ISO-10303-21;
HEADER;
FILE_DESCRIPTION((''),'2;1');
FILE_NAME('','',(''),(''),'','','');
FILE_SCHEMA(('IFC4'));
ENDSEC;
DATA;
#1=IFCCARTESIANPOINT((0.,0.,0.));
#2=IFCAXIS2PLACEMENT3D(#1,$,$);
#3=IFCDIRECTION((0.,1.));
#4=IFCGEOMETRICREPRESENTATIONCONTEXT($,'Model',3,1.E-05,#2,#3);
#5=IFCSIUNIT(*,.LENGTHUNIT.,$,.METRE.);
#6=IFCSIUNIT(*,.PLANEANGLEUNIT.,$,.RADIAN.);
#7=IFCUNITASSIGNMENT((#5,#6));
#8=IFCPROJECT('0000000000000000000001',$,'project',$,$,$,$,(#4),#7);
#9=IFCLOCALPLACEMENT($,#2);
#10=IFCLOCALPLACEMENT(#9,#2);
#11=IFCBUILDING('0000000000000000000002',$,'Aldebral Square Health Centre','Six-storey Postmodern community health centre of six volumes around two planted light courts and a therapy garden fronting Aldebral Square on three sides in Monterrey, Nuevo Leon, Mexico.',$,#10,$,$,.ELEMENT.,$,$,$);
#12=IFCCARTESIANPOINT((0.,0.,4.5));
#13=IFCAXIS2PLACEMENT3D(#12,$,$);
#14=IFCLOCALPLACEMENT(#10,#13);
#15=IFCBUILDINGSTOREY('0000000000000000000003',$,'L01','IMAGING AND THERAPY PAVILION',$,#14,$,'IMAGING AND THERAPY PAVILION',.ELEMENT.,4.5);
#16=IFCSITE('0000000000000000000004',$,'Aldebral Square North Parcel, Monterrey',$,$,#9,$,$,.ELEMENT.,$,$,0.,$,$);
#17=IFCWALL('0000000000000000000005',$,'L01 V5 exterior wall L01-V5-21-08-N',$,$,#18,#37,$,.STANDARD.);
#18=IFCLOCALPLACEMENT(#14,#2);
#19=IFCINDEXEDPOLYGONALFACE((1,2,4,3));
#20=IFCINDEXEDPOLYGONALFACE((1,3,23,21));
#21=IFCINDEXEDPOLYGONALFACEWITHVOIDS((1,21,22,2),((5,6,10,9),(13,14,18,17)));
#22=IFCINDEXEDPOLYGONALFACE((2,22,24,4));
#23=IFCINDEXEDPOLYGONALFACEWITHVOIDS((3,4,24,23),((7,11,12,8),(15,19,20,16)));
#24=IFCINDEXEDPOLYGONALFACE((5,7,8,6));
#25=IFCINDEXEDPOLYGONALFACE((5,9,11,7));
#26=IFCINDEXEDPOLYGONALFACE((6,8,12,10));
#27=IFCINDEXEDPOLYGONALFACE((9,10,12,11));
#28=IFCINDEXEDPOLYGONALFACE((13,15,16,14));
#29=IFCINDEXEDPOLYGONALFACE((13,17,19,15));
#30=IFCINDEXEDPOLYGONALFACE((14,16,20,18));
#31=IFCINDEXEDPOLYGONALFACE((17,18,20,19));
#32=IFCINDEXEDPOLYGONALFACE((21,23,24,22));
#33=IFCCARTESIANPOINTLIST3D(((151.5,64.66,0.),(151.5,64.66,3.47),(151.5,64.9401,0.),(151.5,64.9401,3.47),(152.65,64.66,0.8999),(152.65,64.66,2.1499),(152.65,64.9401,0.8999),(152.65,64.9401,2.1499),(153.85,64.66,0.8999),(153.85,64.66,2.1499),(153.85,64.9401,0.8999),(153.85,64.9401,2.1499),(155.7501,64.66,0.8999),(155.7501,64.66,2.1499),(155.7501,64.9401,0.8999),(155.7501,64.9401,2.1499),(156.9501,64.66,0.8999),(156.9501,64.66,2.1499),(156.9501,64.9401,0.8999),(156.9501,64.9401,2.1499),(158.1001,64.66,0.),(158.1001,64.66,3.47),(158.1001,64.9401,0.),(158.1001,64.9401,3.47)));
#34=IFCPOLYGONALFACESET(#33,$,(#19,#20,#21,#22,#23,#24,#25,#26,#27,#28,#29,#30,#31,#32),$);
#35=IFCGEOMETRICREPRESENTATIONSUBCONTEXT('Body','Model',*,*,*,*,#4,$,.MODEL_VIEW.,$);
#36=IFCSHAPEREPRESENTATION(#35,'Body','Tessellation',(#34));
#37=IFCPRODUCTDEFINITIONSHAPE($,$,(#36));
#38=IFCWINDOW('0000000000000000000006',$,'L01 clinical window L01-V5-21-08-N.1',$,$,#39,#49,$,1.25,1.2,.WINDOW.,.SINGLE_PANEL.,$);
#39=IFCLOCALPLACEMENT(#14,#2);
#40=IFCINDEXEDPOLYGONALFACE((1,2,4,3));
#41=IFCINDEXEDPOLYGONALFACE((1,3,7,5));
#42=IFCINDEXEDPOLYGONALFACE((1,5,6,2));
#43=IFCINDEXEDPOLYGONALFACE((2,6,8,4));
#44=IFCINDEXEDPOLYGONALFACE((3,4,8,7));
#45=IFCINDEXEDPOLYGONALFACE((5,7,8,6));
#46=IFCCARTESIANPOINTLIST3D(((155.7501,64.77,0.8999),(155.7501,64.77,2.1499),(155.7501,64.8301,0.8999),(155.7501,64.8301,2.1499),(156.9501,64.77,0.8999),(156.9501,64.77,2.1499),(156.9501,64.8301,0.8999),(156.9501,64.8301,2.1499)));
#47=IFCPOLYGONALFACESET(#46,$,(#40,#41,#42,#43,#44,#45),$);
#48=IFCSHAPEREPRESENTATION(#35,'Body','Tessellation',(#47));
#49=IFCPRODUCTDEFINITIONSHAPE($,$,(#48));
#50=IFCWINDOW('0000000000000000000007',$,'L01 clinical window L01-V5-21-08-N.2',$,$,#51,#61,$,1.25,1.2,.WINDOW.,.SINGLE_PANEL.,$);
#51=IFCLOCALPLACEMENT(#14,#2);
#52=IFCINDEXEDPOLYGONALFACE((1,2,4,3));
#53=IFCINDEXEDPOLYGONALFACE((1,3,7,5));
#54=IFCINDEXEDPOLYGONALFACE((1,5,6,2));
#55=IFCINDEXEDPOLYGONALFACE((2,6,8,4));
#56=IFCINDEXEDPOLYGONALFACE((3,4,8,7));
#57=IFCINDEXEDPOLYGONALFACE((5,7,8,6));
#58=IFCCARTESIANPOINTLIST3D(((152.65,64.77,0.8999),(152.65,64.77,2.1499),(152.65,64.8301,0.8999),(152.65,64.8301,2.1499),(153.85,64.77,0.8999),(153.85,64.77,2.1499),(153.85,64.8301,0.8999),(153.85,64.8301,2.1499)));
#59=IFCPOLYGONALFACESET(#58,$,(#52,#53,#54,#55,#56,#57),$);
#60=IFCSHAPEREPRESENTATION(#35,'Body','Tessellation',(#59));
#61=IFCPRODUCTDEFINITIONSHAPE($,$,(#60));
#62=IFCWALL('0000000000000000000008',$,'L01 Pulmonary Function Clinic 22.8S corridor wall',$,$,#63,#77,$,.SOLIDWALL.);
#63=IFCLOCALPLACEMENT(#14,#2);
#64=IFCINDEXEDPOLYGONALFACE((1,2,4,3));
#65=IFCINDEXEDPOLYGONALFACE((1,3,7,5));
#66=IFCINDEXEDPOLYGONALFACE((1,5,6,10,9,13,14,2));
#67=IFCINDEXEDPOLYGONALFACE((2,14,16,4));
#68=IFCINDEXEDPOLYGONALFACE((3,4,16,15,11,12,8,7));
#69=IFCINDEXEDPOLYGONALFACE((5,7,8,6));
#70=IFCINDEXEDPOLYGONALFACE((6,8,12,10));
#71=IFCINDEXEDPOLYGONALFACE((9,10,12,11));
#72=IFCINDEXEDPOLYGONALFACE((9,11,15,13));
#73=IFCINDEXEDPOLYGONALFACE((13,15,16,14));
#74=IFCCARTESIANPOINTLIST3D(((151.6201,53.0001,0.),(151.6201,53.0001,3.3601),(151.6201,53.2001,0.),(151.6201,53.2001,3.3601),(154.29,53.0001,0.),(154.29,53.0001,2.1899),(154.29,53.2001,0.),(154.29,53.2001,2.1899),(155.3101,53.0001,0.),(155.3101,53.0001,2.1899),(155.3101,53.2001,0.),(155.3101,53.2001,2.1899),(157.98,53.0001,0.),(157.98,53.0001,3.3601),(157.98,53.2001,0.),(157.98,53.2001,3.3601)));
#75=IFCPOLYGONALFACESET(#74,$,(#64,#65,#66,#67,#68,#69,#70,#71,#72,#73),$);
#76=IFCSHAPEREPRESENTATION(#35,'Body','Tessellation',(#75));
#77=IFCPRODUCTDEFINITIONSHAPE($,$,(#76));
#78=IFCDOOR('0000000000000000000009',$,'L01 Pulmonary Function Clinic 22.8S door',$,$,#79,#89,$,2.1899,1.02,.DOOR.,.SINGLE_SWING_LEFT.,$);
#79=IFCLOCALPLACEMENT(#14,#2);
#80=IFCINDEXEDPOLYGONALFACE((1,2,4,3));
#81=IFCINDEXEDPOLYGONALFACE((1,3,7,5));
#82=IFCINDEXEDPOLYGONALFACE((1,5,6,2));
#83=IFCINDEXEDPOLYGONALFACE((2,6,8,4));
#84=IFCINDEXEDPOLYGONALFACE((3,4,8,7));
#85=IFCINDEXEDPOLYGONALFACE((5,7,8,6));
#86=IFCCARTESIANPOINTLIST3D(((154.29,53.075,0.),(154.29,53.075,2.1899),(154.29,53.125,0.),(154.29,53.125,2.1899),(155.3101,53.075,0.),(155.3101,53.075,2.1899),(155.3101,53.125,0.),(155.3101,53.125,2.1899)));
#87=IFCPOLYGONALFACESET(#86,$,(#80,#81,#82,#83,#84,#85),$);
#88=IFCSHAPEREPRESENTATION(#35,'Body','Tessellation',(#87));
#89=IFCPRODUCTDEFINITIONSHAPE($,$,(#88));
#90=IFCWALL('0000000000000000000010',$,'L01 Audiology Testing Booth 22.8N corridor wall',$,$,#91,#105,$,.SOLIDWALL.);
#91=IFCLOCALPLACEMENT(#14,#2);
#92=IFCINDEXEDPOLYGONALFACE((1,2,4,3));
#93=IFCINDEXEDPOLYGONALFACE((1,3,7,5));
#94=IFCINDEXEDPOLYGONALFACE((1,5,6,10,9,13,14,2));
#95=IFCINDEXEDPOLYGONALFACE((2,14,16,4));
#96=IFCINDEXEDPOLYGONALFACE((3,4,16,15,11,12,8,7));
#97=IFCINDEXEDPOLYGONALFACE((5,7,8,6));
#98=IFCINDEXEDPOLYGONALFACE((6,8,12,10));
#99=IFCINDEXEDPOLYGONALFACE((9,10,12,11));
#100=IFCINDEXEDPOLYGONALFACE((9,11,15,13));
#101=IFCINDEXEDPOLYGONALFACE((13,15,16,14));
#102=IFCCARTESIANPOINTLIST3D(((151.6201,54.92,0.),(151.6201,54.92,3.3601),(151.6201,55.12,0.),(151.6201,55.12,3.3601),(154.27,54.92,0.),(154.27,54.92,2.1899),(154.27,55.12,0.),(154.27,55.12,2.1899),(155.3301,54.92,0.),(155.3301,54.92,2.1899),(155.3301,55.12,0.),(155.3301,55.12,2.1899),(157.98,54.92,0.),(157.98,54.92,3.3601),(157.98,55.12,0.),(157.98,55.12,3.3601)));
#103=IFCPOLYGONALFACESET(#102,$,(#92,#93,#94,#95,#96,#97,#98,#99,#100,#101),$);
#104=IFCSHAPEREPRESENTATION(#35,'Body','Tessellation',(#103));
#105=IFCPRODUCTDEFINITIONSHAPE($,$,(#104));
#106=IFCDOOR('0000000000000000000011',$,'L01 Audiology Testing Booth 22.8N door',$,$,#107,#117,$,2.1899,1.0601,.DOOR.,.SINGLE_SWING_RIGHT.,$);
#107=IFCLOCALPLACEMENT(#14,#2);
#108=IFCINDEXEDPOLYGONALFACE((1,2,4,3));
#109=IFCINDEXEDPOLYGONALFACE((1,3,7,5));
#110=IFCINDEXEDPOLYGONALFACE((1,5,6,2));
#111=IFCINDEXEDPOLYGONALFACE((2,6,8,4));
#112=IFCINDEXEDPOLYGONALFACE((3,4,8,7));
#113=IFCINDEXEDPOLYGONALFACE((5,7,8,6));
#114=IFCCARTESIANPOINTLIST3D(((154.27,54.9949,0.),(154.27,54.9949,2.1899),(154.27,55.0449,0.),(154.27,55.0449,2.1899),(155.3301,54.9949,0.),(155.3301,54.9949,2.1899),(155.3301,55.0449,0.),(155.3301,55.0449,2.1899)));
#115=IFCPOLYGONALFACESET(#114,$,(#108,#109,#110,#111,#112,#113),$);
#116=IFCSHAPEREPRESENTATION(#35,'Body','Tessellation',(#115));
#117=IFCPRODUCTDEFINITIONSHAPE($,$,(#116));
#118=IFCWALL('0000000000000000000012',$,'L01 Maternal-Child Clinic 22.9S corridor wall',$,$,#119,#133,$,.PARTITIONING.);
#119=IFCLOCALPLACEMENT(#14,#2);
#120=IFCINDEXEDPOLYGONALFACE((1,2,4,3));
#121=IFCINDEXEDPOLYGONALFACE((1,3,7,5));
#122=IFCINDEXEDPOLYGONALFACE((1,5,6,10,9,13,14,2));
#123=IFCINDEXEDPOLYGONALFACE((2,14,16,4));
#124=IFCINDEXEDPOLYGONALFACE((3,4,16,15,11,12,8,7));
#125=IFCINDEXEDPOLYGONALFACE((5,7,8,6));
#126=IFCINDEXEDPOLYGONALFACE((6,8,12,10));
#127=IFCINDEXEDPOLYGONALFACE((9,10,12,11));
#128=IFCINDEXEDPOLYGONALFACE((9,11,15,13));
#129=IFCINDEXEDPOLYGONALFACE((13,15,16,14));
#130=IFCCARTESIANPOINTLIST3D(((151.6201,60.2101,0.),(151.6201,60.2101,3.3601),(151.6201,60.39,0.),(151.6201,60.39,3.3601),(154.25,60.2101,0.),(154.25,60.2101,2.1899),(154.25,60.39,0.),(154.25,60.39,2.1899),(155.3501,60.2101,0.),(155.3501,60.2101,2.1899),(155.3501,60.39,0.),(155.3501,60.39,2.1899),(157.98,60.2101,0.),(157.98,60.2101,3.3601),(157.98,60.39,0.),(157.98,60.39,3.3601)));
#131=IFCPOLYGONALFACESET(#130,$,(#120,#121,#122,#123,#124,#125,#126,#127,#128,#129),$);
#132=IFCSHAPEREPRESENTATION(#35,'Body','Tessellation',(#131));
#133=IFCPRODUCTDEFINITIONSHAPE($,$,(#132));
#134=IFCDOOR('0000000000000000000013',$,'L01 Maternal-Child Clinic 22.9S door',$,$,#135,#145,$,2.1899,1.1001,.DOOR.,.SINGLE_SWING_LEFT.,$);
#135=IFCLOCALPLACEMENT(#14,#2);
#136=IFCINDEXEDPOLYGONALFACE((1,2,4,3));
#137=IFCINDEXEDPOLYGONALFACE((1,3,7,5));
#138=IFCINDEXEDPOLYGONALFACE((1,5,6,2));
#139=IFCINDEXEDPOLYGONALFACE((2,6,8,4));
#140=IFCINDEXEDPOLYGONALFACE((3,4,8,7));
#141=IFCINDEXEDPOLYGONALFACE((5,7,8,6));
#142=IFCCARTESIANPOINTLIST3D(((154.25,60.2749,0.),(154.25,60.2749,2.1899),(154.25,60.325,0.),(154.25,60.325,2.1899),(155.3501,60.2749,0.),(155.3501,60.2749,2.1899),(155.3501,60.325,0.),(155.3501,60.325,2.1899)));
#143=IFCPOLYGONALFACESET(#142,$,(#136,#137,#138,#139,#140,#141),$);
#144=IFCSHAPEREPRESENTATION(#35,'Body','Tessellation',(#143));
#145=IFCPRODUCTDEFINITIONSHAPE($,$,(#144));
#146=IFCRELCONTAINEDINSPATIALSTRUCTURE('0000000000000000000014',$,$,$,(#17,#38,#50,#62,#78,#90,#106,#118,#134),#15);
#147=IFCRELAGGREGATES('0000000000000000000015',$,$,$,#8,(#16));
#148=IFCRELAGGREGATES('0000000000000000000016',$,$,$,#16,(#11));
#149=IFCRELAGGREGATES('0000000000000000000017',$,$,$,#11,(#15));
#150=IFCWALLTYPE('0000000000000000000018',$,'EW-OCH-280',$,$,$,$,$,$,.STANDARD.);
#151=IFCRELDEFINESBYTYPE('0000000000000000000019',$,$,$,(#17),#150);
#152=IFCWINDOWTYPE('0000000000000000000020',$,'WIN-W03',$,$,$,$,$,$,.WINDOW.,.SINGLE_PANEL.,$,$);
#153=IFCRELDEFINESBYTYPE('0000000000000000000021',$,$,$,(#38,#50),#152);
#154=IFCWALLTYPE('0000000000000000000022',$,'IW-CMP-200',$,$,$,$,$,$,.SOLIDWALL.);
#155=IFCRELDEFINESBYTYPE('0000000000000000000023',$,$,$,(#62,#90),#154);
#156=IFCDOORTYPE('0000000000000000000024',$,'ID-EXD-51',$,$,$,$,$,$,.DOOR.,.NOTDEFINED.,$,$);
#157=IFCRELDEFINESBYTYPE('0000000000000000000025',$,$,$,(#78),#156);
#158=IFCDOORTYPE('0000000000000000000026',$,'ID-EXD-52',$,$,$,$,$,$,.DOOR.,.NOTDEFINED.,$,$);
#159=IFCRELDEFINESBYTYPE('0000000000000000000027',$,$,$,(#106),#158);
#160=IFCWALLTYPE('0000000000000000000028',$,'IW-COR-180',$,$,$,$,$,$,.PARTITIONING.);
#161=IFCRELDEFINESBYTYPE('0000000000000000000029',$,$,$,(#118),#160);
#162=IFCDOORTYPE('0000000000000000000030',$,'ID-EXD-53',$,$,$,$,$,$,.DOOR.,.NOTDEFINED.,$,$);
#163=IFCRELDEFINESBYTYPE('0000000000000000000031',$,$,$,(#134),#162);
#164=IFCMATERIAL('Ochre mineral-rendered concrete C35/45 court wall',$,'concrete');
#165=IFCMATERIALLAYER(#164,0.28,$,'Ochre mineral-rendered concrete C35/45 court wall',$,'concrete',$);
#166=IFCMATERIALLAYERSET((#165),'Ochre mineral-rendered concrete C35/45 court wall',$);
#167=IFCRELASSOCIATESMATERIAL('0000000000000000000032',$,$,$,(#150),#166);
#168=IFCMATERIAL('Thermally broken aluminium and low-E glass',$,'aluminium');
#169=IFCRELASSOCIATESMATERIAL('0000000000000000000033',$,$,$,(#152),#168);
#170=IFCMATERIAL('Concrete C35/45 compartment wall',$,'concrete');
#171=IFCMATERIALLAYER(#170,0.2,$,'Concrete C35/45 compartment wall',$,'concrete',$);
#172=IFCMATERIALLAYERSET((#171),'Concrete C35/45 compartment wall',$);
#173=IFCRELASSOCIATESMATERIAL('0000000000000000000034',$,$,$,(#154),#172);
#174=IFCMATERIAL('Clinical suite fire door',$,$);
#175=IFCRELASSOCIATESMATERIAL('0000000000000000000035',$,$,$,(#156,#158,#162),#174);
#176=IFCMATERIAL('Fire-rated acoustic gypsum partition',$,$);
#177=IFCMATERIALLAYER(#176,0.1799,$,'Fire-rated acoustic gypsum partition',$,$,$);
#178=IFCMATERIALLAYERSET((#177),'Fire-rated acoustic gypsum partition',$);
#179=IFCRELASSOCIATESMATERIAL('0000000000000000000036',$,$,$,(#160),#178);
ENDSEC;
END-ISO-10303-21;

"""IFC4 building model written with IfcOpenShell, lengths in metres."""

from ifc_helpers import new_model, si_unit, direction, frame, frame_2d, origin, place, context, subcontext, project, spatial, rectangle, extrude, material, layer, layer_set, type_object, element, fill, save


model = new_model("IFC4")

# Units and contexts
model_context = context("Model", 3, precision=1e-05, world=origin(), true_north=direction((0.0, 1.0)))
body_context = subcontext(model_context, "Body", "Model", "MODEL_VIEW")
ifc_project = project(units=[si_unit("LENGTHUNIT", "METRE"), si_unit("PLANEANGLEUNIT", "RADIAN")], contexts=[model_context])

# Site, building, storey
site_placement = place(None, origin())
site = spatial("IfcSite", under=ifc_project, at=site_placement, Name="Aldebral Square North Parcel, Monterrey", CompositionType="ELEMENT", RefElevation=0.0)
building_placement = place(site_placement, origin())
building = spatial("IfcBuilding", under=site, at=building_placement, Name="Aldebral Square Health Centre", Description="Six-storey Postmodern community health centre of six volumes around two planted light courts and a therapy garden fronting Aldebral Square on three sides in Monterrey, Nuevo Leon, Mexico.", CompositionType="ELEMENT")
storey_placement = place(building_placement, frame((0.0, 0.0, 4.5)))
storey = spatial("IfcBuildingStorey", under=building, at=storey_placement, Name="L01", Description="IMAGING AND THERAPY PAVILION", LongName="IMAGING AND THERAPY PAVILION", CompositionType="ELEMENT", Elevation=4.5)

# Wall, openings, windows
ifc_material_1 = material(Name="Ochre mineral-rendered concrete C35/45 court wall", Category="concrete")
ifc_layer_1 = layer(ifc_material_1, 0.28, Name="Ochre mineral-rendered concrete C35/45 court wall", Category="concrete")
ifc_layer_set_1 = layer_set([ifc_layer_1], Name="Ochre mineral-rendered concrete C35/45 court wall")
wall_type_1 = type_object("IfcWallType", Name="EW-OCH-280", PredefinedType="STANDARD", material=ifc_layer_set_1)
wall_1_placement = place(storey_placement, frame((158.1001, 64.8, 0.0), z_axis=(0.0, 0.0, 1.0), x_axis=(-1.0, 0.0, 0.0)))
wall_1 = element("IfcWall", 1, at=wall_1_placement, inside=storey, type_object=wall_type_1, Name="L01 V5 exterior wall L01-V5-21-08-N", PredefinedType="STANDARD", context=body_context, shape_type="SweptSolid", body=[
    extrude(rectangle(XDim=6.6001, YDim=0.28, at=frame_2d((3.3, 0.0))), origin(), (0.0, 0.0, 1.0), 3.47),
])
opening_1_placement = place(wall_1_placement, frame((1.1499, 0.0, 0.8999)))
opening_1 = element("IfcOpeningElement", 2, at=opening_1_placement, cuts=wall_1, PredefinedType="OPENING", context=body_context, shape_type="SweptSolid", body=[
    extrude(rectangle(XDim=1.2, YDim=1.25, at=frame_2d((0.6001, 0.625))), frame((0.0, 0.1499, 0.0), z_axis=(0.0, -1.0, 0.0), x_axis=(1.0, 0.0, 0.0)), (0.0, 0.0, 1.0), 0.3),
])
opening_2_placement = place(wall_1_placement, frame((4.25, 0.0, 0.8999)))
opening_2 = element("IfcOpeningElement", 3, at=opening_2_placement, cuts=wall_1, PredefinedType="OPENING", context=body_context, shape_type="SweptSolid", body=[
    extrude(rectangle(XDim=1.2, YDim=1.25, at=frame_2d((0.6001, 0.625))), frame((0.0, 0.1499, 0.0), z_axis=(0.0, -1.0, 0.0), x_axis=(1.0, 0.0, 0.0)), (0.0, 0.0, 1.0), 0.3),
])
ifc_material_2 = material(Name="Thermally broken aluminium and low-E glass", Category="aluminium")
window_type = type_object("IfcWindowType", Name="WIN-W03", PartitioningType="SINGLE_PANEL", PredefinedType="WINDOW", material=ifc_material_2)
window_1_placement = place(opening_1_placement, origin())
window_1 = element("IfcWindow", 4, at=window_1_placement, inside=storey, type_object=window_type, Name="L01 clinical window L01-V5-21-08-N.1", OverallHeight=1.25, OverallWidth=1.2, PartitioningType="SINGLE_PANEL", PredefinedType="WINDOW", context=body_context, shape_type="SweptSolid", body=[
    extrude(rectangle(XDim=1.2, YDim=1.25, at=frame_2d((0.6001, 0.625))), frame((0.0, 0.03, 0.0), z_axis=(0.0, -1.0, 0.0), x_axis=(1.0, 0.0, 0.0)), (0.0, 0.0, 1.0), 0.0601),
])
fill(opening_1, window_1)
window_2_placement = place(opening_2_placement, origin())
window_2 = element("IfcWindow", 5, at=window_2_placement, inside=storey, type_object=window_type, Name="L01 clinical window L01-V5-21-08-N.2", OverallHeight=1.25, OverallWidth=1.2, PartitioningType="SINGLE_PANEL", PredefinedType="WINDOW", context=body_context, shape_type="SweptSolid", body=[
    extrude(rectangle(XDim=1.2, YDim=1.25, at=frame_2d((0.6001, 0.625))), frame((0.0, 0.03, 0.0), z_axis=(0.0, -1.0, 0.0), x_axis=(1.0, 0.0, 0.0)), (0.0, 0.0, 1.0), 0.0601),
])
fill(opening_2, window_2)

# Walls, openings, doors
ifc_material_3 = material(Name="Concrete C35/45 compartment wall", Category="concrete")
ifc_layer_2 = layer(ifc_material_3, 0.2, Name="Concrete C35/45 compartment wall", Category="concrete")
ifc_layer_set_2 = layer_set([ifc_layer_2], Name="Concrete C35/45 compartment wall")
wall_type_2 = type_object("IfcWallType", Name="IW-CMP-200", PredefinedType="SOLIDWALL", material=ifc_layer_set_2)
wall_2_placement = place(storey_placement, frame((151.6201, 53.1001, 0.0), z_axis=(0.0, 0.0, 1.0), x_axis=(1.0, 0.0, 0.0)))
wall_2 = element("IfcWall", 6, at=wall_2_placement, inside=storey, type_object=wall_type_2, Name="L01 Pulmonary Function Clinic 22.8S corridor wall", PredefinedType="SOLIDWALL", context=body_context, shape_type="SweptSolid", body=[
    extrude(rectangle(XDim=6.3599, YDim=0.2, at=frame_2d((3.1799, 0.0))), origin(), (0.0, 0.0, 1.0), 3.3601),
])
opening_3_placement = place(wall_2_placement, frame((2.6699, 0.0, 0.0)))
opening_3 = element("IfcOpeningElement", 7, at=opening_3_placement, cuts=wall_2, PredefinedType="OPENING", context=body_context, shape_type="SweptSolid", body=[
    extrude(rectangle(XDim=1.02, YDim=2.1899, at=frame_2d((0.51, 1.095))), frame((0.0, 0.1099, 0.0), z_axis=(0.0, -1.0, 0.0), x_axis=(1.0, 0.0, 0.0)), (0.0, 0.0, 1.0), 0.22),
])
ifc_material_4 = material(Name="Clinical suite fire door")
door_type_1 = type_object("IfcDoorType", Name="ID-EXD-51", OperationType="NOTDEFINED", PredefinedType="DOOR", material=ifc_material_4)
door_1_placement = place(opening_3_placement, origin())
door_1 = element("IfcDoor", 8, at=door_1_placement, inside=storey, type_object=door_type_1, Name="L01 Pulmonary Function Clinic 22.8S door", OperationType="SINGLE_SWING_LEFT", OverallHeight=2.1899, OverallWidth=1.02, PredefinedType="DOOR", context=body_context, shape_type="SweptSolid", body=[
    extrude(rectangle(XDim=1.02, YDim=2.1899, at=frame_2d((0.51, 1.095))), frame((0.0, 0.0249, 0.0), z_axis=(0.0, -1.0, 0.0), x_axis=(1.0, 0.0, 0.0)), (0.0, 0.0, 1.0), 0.05),
])
fill(opening_3, door_1)
wall_3_placement = place(storey_placement, frame((151.6201, 55.02, 0.0), z_axis=(0.0, 0.0, 1.0), x_axis=(1.0, 0.0, 0.0)))
wall_3 = element("IfcWall", 9, at=wall_3_placement, inside=storey, type_object=wall_type_2, Name="L01 Audiology Testing Booth 22.8N corridor wall", PredefinedType="SOLIDWALL", context=body_context, shape_type="SweptSolid", body=[
    extrude(rectangle(XDim=6.3599, YDim=0.2, at=frame_2d((3.1799, 0.0))), origin(), (0.0, 0.0, 1.0), 3.3601),
])
opening_4_placement = place(wall_3_placement, frame((2.6499, 0.0, 0.0)))
opening_4 = element("IfcOpeningElement", 10, at=opening_4_placement, cuts=wall_3, PredefinedType="OPENING", context=body_context, shape_type="SweptSolid", body=[
    extrude(rectangle(XDim=1.0601, YDim=2.1899, at=frame_2d((0.53, 1.095))), frame((0.0, 0.1099, 0.0), z_axis=(0.0, -1.0, 0.0), x_axis=(1.0, 0.0, 0.0)), (0.0, 0.0, 1.0), 0.22),
])
door_type_2 = type_object("IfcDoorType", Name="ID-EXD-52", OperationType="NOTDEFINED", PredefinedType="DOOR", material=ifc_material_4)
door_2_placement = place(opening_4_placement, origin())
door_2 = element("IfcDoor", 11, at=door_2_placement, inside=storey, type_object=door_type_2, Name="L01 Audiology Testing Booth 22.8N door", OperationType="SINGLE_SWING_RIGHT", OverallHeight=2.1899, OverallWidth=1.0601, PredefinedType="DOOR", context=body_context, shape_type="SweptSolid", body=[
    extrude(rectangle(XDim=1.0601, YDim=2.1899, at=frame_2d((0.53, 1.095))), frame((0.0, 0.0249, 0.0), z_axis=(0.0, -1.0, 0.0), x_axis=(1.0, 0.0, 0.0)), (0.0, 0.0, 1.0), 0.05),
])
fill(opening_4, door_2)
ifc_material_5 = material(Name="Fire-rated acoustic gypsum partition")
ifc_layer_3 = layer(ifc_material_5, 0.1799, Name="Fire-rated acoustic gypsum partition")
ifc_layer_set_3 = layer_set([ifc_layer_3], Name="Fire-rated acoustic gypsum partition")
wall_type_3 = type_object("IfcWallType", Name="IW-COR-180", PredefinedType="PARTITIONING", material=ifc_layer_set_3)
wall_4_placement = place(storey_placement, frame((151.6201, 60.3, 0.0), z_axis=(0.0, 0.0, 1.0), x_axis=(1.0, 0.0, 0.0)))
wall_4 = element("IfcWall", 12, at=wall_4_placement, inside=storey, type_object=wall_type_3, Name="L01 Maternal-Child Clinic 22.9S corridor wall", PredefinedType="PARTITIONING", context=body_context, shape_type="SweptSolid", body=[
    extrude(rectangle(XDim=6.3599, YDim=0.1799, at=frame_2d((3.1799, 0.0))), origin(), (0.0, 0.0, 1.0), 3.3601),
])
opening_5_placement = place(wall_4_placement, frame((2.6299, 0.0, 0.0)))
opening_5 = element("IfcOpeningElement", 13, at=opening_5_placement, cuts=wall_4, PredefinedType="OPENING", context=body_context, shape_type="SweptSolid", body=[
    extrude(rectangle(XDim=1.1001, YDim=2.1899, at=frame_2d((0.55, 1.095))), frame((0.0, 0.1001, 0.0), z_axis=(0.0, -1.0, 0.0), x_axis=(1.0, 0.0, 0.0)), (0.0, 0.0, 1.0), 0.2),
])
door_type_3 = type_object("IfcDoorType", Name="ID-EXD-53", OperationType="NOTDEFINED", PredefinedType="DOOR", material=ifc_material_4)
door_3_placement = place(opening_5_placement, origin())
door_3 = element("IfcDoor", 14, at=door_3_placement, inside=storey, type_object=door_type_3, Name="L01 Maternal-Child Clinic 22.9S door", OperationType="SINGLE_SWING_LEFT", OverallHeight=2.1899, OverallWidth=1.1001, PredefinedType="DOOR", context=body_context, shape_type="SweptSolid", body=[
    extrude(rectangle(XDim=1.1001, YDim=2.1899, at=frame_2d((0.55, 1.095))), frame((0.0, 0.0249, 0.0), z_axis=(0.0, -1.0, 0.0), x_axis=(1.0, 0.0, 0.0)), (0.0, 0.0, 1.0), 0.05),
])
fill(opening_5, door_3)

save(model, "model.ifc")
